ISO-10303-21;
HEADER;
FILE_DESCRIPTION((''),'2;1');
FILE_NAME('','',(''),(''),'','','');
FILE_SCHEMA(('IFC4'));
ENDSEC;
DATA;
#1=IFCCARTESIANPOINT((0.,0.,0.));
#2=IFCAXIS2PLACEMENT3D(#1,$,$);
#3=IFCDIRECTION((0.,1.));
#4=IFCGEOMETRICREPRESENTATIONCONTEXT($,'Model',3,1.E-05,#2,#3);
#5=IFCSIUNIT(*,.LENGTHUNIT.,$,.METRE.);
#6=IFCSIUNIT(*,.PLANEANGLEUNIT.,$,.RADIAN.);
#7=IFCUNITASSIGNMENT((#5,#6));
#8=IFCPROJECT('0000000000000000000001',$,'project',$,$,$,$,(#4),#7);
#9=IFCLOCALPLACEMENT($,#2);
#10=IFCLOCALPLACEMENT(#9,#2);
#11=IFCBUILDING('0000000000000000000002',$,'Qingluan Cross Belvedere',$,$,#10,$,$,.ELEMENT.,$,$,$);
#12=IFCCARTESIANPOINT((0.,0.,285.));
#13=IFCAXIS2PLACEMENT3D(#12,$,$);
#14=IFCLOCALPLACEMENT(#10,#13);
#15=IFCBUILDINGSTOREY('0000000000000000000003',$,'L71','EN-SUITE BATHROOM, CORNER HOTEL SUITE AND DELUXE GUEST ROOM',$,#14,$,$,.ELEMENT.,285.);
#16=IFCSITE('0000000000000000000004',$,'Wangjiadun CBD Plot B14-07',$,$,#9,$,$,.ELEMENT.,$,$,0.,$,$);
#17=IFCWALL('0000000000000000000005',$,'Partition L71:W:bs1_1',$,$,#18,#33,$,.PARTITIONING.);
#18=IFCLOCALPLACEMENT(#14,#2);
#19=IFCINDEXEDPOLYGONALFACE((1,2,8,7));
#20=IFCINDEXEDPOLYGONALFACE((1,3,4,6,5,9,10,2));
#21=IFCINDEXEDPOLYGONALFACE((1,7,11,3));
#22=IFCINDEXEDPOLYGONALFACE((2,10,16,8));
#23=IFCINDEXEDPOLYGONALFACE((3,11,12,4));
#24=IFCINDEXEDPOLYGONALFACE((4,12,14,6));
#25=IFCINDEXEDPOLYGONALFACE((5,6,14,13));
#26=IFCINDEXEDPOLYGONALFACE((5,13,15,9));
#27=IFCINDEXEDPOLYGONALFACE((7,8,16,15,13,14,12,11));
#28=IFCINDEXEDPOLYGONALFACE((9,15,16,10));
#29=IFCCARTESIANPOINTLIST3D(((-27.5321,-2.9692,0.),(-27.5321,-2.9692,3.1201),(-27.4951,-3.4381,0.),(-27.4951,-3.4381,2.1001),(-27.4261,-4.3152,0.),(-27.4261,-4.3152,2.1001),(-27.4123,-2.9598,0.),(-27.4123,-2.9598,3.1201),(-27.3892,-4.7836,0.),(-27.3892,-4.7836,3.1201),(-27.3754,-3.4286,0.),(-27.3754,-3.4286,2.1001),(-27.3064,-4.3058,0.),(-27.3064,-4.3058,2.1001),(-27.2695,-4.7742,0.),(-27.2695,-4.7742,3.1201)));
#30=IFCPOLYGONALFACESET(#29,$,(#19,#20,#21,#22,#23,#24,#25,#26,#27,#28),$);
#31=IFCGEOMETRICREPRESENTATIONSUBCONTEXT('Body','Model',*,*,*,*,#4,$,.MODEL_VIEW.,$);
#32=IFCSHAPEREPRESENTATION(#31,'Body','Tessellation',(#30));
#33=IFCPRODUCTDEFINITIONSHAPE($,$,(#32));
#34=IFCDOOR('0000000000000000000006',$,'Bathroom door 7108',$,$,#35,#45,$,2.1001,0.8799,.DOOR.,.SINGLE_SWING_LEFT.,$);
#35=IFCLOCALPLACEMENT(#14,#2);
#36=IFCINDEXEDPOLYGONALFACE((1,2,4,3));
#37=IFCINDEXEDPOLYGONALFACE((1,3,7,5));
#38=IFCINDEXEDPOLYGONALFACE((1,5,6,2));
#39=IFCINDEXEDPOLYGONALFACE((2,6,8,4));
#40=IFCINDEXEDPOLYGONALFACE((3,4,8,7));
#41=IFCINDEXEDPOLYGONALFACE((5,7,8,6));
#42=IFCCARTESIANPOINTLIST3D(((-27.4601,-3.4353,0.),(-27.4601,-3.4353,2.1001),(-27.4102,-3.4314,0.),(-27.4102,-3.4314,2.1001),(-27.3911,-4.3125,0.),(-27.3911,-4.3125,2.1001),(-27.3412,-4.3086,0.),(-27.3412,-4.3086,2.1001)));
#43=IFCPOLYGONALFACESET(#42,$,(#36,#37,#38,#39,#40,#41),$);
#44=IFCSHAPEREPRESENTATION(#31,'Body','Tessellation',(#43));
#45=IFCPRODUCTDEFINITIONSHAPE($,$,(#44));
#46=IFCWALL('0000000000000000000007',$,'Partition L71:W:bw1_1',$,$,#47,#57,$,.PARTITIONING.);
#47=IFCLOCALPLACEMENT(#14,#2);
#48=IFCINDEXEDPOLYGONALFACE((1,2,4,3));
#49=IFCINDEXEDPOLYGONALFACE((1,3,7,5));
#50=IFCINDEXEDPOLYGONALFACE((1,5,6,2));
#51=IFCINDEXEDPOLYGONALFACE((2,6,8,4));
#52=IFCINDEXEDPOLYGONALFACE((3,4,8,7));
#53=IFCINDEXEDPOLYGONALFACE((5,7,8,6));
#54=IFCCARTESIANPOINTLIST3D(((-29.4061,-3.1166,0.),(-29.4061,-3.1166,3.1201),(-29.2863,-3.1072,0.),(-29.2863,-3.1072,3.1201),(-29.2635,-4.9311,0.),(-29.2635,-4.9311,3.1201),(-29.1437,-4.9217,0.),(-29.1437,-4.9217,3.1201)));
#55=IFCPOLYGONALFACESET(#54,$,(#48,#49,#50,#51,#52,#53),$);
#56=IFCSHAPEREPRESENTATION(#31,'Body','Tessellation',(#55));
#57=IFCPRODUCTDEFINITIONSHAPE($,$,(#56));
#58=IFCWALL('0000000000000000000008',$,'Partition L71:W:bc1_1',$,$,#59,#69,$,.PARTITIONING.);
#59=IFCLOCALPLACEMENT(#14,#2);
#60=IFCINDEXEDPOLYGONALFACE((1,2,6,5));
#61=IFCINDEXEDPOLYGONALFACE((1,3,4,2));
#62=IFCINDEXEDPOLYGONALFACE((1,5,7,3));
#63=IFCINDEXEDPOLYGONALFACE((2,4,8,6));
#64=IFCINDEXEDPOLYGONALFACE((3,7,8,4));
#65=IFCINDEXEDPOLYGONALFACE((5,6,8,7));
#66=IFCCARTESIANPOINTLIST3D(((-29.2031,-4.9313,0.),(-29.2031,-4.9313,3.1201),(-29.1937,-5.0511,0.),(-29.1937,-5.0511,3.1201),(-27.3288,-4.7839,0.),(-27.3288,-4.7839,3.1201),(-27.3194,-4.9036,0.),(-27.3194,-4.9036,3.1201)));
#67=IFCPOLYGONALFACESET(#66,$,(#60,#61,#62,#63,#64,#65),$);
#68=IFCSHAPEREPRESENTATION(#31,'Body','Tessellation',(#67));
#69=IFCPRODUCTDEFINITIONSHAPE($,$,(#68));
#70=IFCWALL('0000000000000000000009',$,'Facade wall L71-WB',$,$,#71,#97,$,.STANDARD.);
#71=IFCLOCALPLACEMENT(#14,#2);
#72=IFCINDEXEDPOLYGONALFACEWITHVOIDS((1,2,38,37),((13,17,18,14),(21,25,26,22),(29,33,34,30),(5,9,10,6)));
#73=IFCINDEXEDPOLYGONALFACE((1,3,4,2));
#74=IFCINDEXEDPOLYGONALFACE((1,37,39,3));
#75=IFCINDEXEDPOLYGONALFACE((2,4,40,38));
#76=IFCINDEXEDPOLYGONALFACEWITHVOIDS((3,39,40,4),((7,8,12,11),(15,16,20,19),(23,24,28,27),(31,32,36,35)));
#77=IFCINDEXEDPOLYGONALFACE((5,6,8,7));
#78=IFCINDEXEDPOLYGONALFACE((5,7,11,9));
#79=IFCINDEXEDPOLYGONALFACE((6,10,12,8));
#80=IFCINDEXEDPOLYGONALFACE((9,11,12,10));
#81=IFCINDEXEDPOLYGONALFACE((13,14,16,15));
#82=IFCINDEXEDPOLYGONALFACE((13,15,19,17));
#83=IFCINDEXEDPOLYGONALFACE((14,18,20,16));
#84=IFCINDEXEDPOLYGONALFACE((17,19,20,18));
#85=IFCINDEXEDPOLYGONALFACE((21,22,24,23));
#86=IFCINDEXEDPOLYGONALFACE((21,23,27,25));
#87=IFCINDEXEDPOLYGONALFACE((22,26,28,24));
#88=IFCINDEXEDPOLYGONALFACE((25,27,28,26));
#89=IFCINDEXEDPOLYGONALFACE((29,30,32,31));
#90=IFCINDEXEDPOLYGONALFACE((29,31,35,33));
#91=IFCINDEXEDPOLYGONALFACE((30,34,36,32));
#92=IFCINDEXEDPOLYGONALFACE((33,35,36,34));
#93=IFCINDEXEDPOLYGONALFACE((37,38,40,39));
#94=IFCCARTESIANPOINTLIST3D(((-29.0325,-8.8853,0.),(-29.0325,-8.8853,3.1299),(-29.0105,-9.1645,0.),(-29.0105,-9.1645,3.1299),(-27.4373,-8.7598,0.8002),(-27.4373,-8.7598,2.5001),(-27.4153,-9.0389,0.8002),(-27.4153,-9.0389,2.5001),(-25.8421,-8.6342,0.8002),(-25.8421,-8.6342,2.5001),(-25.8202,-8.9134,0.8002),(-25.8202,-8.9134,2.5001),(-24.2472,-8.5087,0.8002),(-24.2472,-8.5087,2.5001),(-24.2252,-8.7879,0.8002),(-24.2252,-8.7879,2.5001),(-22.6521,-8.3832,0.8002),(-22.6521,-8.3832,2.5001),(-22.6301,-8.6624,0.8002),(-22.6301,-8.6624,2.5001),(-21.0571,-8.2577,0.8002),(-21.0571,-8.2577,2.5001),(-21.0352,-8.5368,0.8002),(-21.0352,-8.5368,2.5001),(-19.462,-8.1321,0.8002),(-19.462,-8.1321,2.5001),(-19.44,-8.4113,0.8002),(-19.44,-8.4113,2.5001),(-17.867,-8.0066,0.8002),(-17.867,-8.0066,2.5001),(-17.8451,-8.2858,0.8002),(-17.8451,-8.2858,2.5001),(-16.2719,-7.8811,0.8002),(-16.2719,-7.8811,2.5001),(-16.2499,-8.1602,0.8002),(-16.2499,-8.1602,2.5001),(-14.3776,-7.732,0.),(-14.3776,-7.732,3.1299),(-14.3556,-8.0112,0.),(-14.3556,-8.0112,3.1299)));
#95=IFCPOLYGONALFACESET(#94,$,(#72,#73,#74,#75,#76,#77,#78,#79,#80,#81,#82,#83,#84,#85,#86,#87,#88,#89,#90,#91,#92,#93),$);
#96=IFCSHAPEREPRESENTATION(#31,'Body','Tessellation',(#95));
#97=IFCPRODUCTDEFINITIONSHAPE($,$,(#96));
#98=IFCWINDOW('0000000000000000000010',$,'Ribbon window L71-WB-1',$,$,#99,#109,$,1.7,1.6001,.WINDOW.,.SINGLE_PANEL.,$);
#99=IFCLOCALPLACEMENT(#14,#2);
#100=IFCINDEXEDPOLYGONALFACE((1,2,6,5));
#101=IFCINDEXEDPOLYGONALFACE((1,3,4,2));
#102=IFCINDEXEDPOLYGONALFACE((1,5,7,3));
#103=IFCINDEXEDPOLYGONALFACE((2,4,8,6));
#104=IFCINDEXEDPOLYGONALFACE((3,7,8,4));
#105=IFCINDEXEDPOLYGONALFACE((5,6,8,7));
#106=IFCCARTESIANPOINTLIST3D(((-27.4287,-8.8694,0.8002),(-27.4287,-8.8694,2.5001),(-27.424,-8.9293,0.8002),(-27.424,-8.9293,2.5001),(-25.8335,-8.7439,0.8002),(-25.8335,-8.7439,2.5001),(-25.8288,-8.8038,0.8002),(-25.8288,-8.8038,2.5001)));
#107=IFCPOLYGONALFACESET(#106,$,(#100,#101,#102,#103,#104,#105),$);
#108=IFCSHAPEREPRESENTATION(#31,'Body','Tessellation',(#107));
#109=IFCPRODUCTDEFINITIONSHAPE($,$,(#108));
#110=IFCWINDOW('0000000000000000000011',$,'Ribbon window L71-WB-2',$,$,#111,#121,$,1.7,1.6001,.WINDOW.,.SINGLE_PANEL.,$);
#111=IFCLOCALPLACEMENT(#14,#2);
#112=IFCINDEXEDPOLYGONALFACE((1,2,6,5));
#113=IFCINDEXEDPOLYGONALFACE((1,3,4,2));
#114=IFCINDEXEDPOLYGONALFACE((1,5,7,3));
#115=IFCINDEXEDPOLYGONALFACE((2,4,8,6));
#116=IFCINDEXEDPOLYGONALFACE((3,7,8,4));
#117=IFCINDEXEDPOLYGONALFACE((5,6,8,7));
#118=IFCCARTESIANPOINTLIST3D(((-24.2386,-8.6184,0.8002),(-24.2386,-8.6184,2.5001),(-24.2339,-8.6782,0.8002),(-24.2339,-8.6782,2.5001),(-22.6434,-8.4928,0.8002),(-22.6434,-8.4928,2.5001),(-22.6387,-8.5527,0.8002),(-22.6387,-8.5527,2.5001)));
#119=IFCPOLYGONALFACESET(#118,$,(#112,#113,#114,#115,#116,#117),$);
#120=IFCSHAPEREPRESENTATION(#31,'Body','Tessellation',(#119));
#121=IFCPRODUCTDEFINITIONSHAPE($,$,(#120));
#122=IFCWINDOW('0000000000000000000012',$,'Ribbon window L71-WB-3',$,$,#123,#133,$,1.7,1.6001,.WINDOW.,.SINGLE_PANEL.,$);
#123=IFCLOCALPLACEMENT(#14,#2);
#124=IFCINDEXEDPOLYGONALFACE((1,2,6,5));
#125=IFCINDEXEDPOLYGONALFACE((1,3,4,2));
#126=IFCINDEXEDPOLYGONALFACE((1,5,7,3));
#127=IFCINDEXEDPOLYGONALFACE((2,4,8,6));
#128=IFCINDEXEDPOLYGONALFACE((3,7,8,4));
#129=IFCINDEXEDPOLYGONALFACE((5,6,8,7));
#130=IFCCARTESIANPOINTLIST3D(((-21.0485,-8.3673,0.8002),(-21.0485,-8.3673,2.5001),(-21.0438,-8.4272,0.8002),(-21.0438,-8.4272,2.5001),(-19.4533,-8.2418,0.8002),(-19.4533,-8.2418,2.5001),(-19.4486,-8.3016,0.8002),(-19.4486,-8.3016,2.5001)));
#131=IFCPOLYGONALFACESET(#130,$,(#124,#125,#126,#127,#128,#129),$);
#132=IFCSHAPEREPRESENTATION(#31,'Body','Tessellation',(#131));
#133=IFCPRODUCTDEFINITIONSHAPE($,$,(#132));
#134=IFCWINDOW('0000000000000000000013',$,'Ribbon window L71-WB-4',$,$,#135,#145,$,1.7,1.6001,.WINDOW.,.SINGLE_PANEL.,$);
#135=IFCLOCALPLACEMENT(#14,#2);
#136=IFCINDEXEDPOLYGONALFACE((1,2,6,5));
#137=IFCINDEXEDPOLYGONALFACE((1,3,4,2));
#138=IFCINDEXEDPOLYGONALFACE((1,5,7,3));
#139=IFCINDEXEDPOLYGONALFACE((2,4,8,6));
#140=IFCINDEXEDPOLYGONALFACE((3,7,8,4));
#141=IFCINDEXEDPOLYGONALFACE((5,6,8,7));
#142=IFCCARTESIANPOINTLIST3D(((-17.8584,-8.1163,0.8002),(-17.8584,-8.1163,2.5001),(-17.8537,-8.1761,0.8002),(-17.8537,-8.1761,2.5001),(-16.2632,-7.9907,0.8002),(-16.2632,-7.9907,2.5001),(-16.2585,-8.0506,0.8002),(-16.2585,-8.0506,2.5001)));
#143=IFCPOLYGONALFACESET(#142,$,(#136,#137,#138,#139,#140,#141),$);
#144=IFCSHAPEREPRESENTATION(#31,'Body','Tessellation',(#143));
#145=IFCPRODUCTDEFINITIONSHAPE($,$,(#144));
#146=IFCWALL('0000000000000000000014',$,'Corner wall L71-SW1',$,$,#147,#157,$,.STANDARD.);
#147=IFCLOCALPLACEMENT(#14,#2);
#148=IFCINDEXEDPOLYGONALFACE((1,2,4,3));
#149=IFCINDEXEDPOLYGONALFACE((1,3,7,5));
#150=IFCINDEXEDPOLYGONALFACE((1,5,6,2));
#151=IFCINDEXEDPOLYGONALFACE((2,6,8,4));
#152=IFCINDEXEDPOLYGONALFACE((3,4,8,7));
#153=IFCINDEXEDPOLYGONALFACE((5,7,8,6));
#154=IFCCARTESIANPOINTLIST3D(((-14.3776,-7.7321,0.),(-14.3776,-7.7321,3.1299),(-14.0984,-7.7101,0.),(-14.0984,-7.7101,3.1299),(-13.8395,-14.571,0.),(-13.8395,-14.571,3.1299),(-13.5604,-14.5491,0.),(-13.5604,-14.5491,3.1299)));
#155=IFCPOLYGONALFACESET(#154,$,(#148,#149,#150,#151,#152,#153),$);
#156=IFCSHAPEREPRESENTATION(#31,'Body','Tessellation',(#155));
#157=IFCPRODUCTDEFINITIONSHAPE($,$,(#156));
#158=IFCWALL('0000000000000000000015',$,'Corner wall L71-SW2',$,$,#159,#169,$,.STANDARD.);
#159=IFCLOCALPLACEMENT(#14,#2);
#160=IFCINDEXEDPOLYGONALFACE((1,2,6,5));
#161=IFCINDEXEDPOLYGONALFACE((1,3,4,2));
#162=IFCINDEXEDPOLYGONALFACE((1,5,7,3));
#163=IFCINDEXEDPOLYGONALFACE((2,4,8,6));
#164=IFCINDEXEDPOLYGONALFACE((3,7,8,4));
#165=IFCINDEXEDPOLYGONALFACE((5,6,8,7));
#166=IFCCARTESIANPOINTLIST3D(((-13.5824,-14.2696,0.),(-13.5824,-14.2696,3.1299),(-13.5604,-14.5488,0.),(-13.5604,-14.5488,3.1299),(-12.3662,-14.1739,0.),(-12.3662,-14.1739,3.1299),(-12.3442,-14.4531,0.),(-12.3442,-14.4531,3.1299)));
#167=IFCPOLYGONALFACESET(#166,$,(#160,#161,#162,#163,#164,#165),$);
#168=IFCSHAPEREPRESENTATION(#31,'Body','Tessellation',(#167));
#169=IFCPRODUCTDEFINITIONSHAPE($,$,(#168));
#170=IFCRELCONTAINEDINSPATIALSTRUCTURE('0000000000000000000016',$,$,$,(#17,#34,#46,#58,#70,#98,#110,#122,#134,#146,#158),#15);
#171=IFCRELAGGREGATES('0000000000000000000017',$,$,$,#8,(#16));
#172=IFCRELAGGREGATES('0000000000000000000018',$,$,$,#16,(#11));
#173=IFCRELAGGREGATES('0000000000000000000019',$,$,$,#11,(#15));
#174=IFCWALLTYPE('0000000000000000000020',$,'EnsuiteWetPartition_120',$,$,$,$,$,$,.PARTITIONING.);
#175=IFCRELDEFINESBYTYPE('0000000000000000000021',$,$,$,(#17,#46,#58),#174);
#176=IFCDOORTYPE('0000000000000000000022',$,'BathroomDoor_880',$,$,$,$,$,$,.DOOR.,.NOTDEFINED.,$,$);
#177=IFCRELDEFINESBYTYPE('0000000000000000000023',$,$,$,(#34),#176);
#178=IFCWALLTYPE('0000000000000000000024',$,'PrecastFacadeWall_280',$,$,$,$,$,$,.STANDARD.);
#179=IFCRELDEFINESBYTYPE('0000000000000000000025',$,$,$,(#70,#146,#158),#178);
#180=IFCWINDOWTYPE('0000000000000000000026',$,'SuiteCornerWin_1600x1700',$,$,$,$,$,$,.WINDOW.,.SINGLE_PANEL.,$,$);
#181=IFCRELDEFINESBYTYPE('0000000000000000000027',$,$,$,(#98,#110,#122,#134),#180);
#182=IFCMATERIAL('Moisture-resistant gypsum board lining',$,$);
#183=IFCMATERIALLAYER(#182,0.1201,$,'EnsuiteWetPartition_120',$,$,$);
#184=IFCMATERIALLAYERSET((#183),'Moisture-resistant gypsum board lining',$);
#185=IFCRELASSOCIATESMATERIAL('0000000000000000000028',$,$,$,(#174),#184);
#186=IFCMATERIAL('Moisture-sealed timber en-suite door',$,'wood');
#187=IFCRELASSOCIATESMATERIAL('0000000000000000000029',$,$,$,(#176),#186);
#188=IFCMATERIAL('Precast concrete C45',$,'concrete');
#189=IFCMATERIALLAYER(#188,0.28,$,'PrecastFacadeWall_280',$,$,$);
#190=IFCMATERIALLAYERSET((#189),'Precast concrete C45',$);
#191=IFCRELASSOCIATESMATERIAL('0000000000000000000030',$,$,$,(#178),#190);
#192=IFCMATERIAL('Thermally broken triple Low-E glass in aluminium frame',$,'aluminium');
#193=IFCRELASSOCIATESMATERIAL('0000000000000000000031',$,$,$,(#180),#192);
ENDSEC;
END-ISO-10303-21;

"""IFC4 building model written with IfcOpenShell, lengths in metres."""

from ifc_helpers import new_model, si_unit, direction, frame, frame_2d, origin, place, context, subcontext, project, spatial, rectangle, extrude, material, layer, layer_set, type_object, element, fill, save


model = new_model("IFC4")

# Units and contexts
model_context = context("Model", 3, precision=1e-05, world=origin(), true_north=direction((0.0, 1.0)))
body_context = subcontext(model_context, "Body", "Model", "MODEL_VIEW")
ifc_project = project(units=[si_unit("LENGTHUNIT", "METRE"), si_unit("PLANEANGLEUNIT", "RADIAN")], contexts=[model_context])

# Site, building, storey
site_placement = place(None, origin())
site = spatial("IfcSite", under=ifc_project, at=site_placement, Name="Wangjiadun CBD Plot B14-07", CompositionType="ELEMENT", RefElevation=0.0)
building_placement = place(site_placement, origin())
building = spatial("IfcBuilding", under=site, at=building_placement, Name="Qingluan Cross Belvedere", CompositionType="ELEMENT")
storey_placement = place(building_placement, frame((0.0, 0.0, 285.0)))
storey = spatial("IfcBuildingStorey", under=building, at=storey_placement, Name="L71", Description="EN-SUITE BATHROOM, CORNER HOTEL SUITE AND DELUXE GUEST ROOM", CompositionType="ELEMENT", Elevation=285.0)

# Shared definitions
ifc_material_1 = material(Name="Moisture-resistant gypsum board lining")
ifc_layer_1 = layer(ifc_material_1, 0.1201, Name="EnsuiteWetPartition_120")
ifc_layer_set_1 = layer_set([ifc_layer_1], Name="Moisture-resistant gypsum board lining")
wall_type_1 = type_object("IfcWallType", Name="EnsuiteWetPartition_120", PredefinedType="PARTITIONING", material=ifc_layer_set_1)
ifc_material_2 = material(Name="Moisture-sealed timber en-suite door", Category="wood")
door_type = type_object("IfcDoorType", Name="BathroomDoor_880", OperationType="NOTDEFINED", PredefinedType="DOOR", material=ifc_material_2)

# Wall, opening, door
wall_1_placement = place(storey_placement, frame((-27.3293, -4.7791, 0.0), z_axis=(0.0, 0.0, 1.0), x_axis=(-0.078471, 0.996916, 0.0)))
wall_1 = element("IfcWall", 1, at=wall_1_placement, inside=storey, type_object=wall_type_1, Name="Partition L71:W:bs1_1", PredefinedType="PARTITIONING", context=body_context, shape_type="SweptSolid", body=[
    extrude(rectangle(XDim=1.8201, YDim=0.1201, at=frame_2d((0.9102, 0.0))), origin(), (0.0, 0.0, 1.0), 3.1201),
])
opening_1_placement = place(wall_1_placement, frame((0.47, 0.0, 0.0)))
opening_1 = element("IfcOpeningElement", 2, at=opening_1_placement, cuts=wall_1, PredefinedType="OPENING", context=body_context, shape_type="SweptSolid", body=[
    extrude(rectangle(XDim=0.8799, YDim=2.1001, at=frame_2d((0.4399, 1.05))), frame((0.0, 0.0701, 0.0), z_axis=(0.0, -1.0, 0.0), x_axis=(1.0, 0.0, 0.0)), (0.0, 0.0, 1.0), 0.1401),
])
door_1_placement = place(opening_1_placement, origin())
door_1 = element("IfcDoor", 3, at=door_1_placement, inside=storey, type_object=door_type, Name="Bathroom door 7108", OperationType="SINGLE_SWING_LEFT", OverallHeight=2.1001, OverallWidth=0.8799, PredefinedType="DOOR", context=body_context, shape_type="SweptSolid", body=[
    extrude(rectangle(XDim=0.8799, YDim=2.1001, at=frame_2d((0.4399, 1.05))), frame((0.0, 0.0249, 0.0), z_axis=(0.0, -1.0, 0.0), x_axis=(1.0, 0.0, 0.0)), (0.0, 0.0, 1.0), 0.05),
])
fill(opening_1, door_1)

# Walls
wall_2_placement = place(storey_placement, frame((-29.2036, -4.9265, 0.0), z_axis=(0.0, 0.0, 1.0), x_axis=(-0.078338, 0.996927, 0.0)))
element("IfcWall", 4, at=wall_2_placement, inside=storey, type_object=wall_type_1, Name="Partition L71:W:bw1_1", PredefinedType="PARTITIONING", context=body_context, shape_type="SweptSolid", body=[
    extrude(rectangle(XDim=1.8201, YDim=0.1201, at=frame_2d((0.9102, 0.0))), origin(), (0.0, 0.0, 1.0), 3.1201),
])
wall_3_placement = place(storey_placement, frame((-27.3242, -4.8438, 0.0), z_axis=(0.0, 0.0, 1.0), x_axis=(-0.996919, -0.078434, 0.0)))
element("IfcWall", 5, at=wall_3_placement, inside=storey, type_object=wall_type_1, Name="Partition L71:W:bc1_1", PredefinedType="PARTITIONING", context=body_context, shape_type="SweptSolid", body=[
    extrude(rectangle(XDim=1.8801, YDim=0.1201, at=frame_2d((0.9399, 0.0))), origin(), (0.0, 0.0, 1.0), 3.1201),
])

# Wall, openings, windows
ifc_material_3 = material(Name="Precast concrete C45", Category="concrete")
ifc_layer_2 = layer(ifc_material_3, 0.28, Name="PrecastFacadeWall_280")
ifc_layer_set_2 = layer_set([ifc_layer_2], Name="Precast concrete C45")
wall_type_2 = type_object("IfcWallType", Name="PrecastFacadeWall_280", PredefinedType="STANDARD", material=ifc_layer_set_2)
wall_4_placement = place(storey_placement, frame((-29.0215, -9.0249, 0.0), z_axis=(0.0, 0.0, 1.0), x_axis=(0.996918, 0.078457, 0.0)))
wall_4 = element("IfcWall", 6, at=wall_4_placement, inside=storey, type_object=wall_type_2, Name="Facade wall L71-WB", PredefinedType="STANDARD", context=body_context, shape_type="SweptSolid", body=[
    extrude(rectangle(XDim=14.7002, YDim=0.28, at=frame_2d((7.3501, 0.0))), origin(), (0.0, 0.0, 1.0), 3.1299),
])
opening_2_placement = place(wall_4_placement, frame((1.6001, 0.0, 0.8)))
opening_2 = element("IfcOpeningElement", 7, at=opening_2_placement, cuts=wall_4, PredefinedType="OPENING", context=body_context, shape_type="SweptSolid", body=[
    extrude(rectangle(XDim=1.6001, YDim=1.7, at=frame_2d((0.8, 0.8501))), frame((0.0, 0.1499, 0.0), z_axis=(0.0, -1.0, 0.0), x_axis=(1.0, 0.0, 0.0)), (0.0, 0.0, 1.0), 0.3),
])
opening_3_placement = place(wall_4_placement, frame((4.8, 0.0, 0.8)))
opening_3 = element("IfcOpeningElement", 8, at=opening_3_placement, cuts=wall_4, PredefinedType="OPENING", context=body_context, shape_type="SweptSolid", body=[
    extrude(rectangle(XDim=1.6001, YDim=1.7, at=frame_2d((0.8, 0.8501))), frame((0.0, 0.1499, 0.0), z_axis=(0.0, -1.0, 0.0), x_axis=(1.0, 0.0, 0.0)), (0.0, 0.0, 1.0), 0.3),
])
opening_4_placement = place(wall_4_placement, frame((8.0, 0.0, 0.8)))
opening_4 = element("IfcOpeningElement", 9, at=opening_4_placement, cuts=wall_4, PredefinedType="OPENING", context=body_context, shape_type="SweptSolid", body=[
    extrude(rectangle(XDim=1.6001, YDim=1.7, at=frame_2d((0.8, 0.8501))), frame((0.0, 0.1499, 0.0), z_axis=(0.0, -1.0, 0.0), x_axis=(1.0, 0.0, 0.0)), (0.0, 0.0, 1.0), 0.3),
])
opening_5_placement = place(wall_4_placement, frame((11.2, 0.0, 0.8)))
opening_5 = element("IfcOpeningElement", 10, at=opening_5_placement, cuts=wall_4, PredefinedType="OPENING", context=body_context, shape_type="SweptSolid", body=[
    extrude(rectangle(XDim=1.6001, YDim=1.7, at=frame_2d((0.8, 0.8501))), frame((0.0, 0.1499, 0.0), z_axis=(0.0, -1.0, 0.0), x_axis=(1.0, 0.0, 0.0)), (0.0, 0.0, 1.0), 0.3),
])
ifc_material_4 = material(Name="Thermally broken triple Low-E glass in aluminium frame", Category="aluminium")
window_type = type_object("IfcWindowType", Name="SuiteCornerWin_1600x1700", PartitioningType="SINGLE_PANEL", PredefinedType="WINDOW", material=ifc_material_4)
window_1_placement = place(opening_2_placement, origin())
window_1 = element("IfcWindow", 11, at=window_1_placement, inside=storey, type_object=window_type, Name="Ribbon window L71-WB-1", OverallHeight=1.7, OverallWidth=1.6001, PartitioningType="SINGLE_PANEL", PredefinedType="WINDOW", context=body_context, shape_type="SweptSolid", body=[
    extrude(rectangle(XDim=1.6001, YDim=1.7, at=frame_2d((0.8, 0.8501))), frame((0.0, 0.03, 0.0), z_axis=(0.0, -1.0, 0.0), x_axis=(1.0, 0.0, 0.0)), (0.0, 0.0, 1.0), 0.0601),
])
fill(opening_2, window_1)
window_2_placement = place(opening_3_placement, origin())
window_2 = element("IfcWindow", 12, at=window_2_placement, inside=storey, type_object=window_type, Name="Ribbon window L71-WB-2", OverallHeight=1.7, OverallWidth=1.6001, PartitioningType="SINGLE_PANEL", PredefinedType="WINDOW", context=body_context, shape_type="SweptSolid", body=[
    extrude(rectangle(XDim=1.6001, YDim=1.7, at=frame_2d((0.8, 0.8501))), frame((0.0, 0.03, 0.0), z_axis=(0.0, -1.0, 0.0), x_axis=(1.0, 0.0, 0.0)), (0.0, 0.0, 1.0), 0.0601),
])
fill(opening_3, window_2)
window_3_placement = place(opening_4_placement, origin())
window_3 = element("IfcWindow", 13, at=window_3_placement, inside=storey, type_object=window_type, Name="Ribbon window L71-WB-3", OverallHeight=1.7, OverallWidth=1.6001, PartitioningType="SINGLE_PANEL", PredefinedType="WINDOW", context=body_context, shape_type="SweptSolid", body=[
    extrude(rectangle(XDim=1.6001, YDim=1.7, at=frame_2d((0.8, 0.8501))), frame((0.0, 0.03, 0.0), z_axis=(0.0, -1.0, 0.0), x_axis=(1.0, 0.0, 0.0)), (0.0, 0.0, 1.0), 0.0601),
])
fill(opening_4, window_3)
window_4_placement = place(opening_5_placement, origin())
window_4 = element("IfcWindow", 14, at=window_4_placement, inside=storey, type_object=window_type, Name="Ribbon window L71-WB-4", OverallHeight=1.7, OverallWidth=1.6001, PartitioningType="SINGLE_PANEL", PredefinedType="WINDOW", context=body_context, shape_type="SweptSolid", body=[
    extrude(rectangle(XDim=1.6001, YDim=1.7, at=frame_2d((0.8, 0.8501))), frame((0.0, 0.03, 0.0), z_axis=(0.0, -1.0, 0.0), x_axis=(1.0, 0.0, 0.0)), (0.0, 0.0, 1.0), 0.0601),
])
fill(opening_5, window_4)

# Walls
wall_5_placement = place(storey_placement, frame((-14.238, -7.7209, 0.0), z_axis=(0.0, 0.0, 1.0), x_axis=(0.078438, -0.996919, 0.0)))
element("IfcWall", 15, at=wall_5_placement, inside=storey, type_object=wall_type_2, Name="Corner wall L71-SW1", PredefinedType="STANDARD", context=body_context, shape_type="SweptSolid", body=[
    extrude(rectangle(XDim=6.8601, YDim=0.28, at=frame_2d((3.4302, 0.0))), origin(), (0.0, 0.0, 1.0), 3.1299),
])
wall_6_placement = place(storey_placement, frame((-13.5713, -14.4092, 0.0), z_axis=(0.0, 0.0, 1.0), x_axis=(0.996919, 0.078441, 0.0)))
element("IfcWall", 16, at=wall_6_placement, inside=storey, type_object=wall_type_2, Name="Corner wall L71-SW2", PredefinedType="STANDARD", context=body_context, shape_type="SweptSolid", body=[
    extrude(rectangle(XDim=1.22, YDim=0.28, at=frame_2d((0.6099, 0.0))), origin(), (0.0, 0.0, 1.0), 3.1299),
])

save(model, "model.ifc")
